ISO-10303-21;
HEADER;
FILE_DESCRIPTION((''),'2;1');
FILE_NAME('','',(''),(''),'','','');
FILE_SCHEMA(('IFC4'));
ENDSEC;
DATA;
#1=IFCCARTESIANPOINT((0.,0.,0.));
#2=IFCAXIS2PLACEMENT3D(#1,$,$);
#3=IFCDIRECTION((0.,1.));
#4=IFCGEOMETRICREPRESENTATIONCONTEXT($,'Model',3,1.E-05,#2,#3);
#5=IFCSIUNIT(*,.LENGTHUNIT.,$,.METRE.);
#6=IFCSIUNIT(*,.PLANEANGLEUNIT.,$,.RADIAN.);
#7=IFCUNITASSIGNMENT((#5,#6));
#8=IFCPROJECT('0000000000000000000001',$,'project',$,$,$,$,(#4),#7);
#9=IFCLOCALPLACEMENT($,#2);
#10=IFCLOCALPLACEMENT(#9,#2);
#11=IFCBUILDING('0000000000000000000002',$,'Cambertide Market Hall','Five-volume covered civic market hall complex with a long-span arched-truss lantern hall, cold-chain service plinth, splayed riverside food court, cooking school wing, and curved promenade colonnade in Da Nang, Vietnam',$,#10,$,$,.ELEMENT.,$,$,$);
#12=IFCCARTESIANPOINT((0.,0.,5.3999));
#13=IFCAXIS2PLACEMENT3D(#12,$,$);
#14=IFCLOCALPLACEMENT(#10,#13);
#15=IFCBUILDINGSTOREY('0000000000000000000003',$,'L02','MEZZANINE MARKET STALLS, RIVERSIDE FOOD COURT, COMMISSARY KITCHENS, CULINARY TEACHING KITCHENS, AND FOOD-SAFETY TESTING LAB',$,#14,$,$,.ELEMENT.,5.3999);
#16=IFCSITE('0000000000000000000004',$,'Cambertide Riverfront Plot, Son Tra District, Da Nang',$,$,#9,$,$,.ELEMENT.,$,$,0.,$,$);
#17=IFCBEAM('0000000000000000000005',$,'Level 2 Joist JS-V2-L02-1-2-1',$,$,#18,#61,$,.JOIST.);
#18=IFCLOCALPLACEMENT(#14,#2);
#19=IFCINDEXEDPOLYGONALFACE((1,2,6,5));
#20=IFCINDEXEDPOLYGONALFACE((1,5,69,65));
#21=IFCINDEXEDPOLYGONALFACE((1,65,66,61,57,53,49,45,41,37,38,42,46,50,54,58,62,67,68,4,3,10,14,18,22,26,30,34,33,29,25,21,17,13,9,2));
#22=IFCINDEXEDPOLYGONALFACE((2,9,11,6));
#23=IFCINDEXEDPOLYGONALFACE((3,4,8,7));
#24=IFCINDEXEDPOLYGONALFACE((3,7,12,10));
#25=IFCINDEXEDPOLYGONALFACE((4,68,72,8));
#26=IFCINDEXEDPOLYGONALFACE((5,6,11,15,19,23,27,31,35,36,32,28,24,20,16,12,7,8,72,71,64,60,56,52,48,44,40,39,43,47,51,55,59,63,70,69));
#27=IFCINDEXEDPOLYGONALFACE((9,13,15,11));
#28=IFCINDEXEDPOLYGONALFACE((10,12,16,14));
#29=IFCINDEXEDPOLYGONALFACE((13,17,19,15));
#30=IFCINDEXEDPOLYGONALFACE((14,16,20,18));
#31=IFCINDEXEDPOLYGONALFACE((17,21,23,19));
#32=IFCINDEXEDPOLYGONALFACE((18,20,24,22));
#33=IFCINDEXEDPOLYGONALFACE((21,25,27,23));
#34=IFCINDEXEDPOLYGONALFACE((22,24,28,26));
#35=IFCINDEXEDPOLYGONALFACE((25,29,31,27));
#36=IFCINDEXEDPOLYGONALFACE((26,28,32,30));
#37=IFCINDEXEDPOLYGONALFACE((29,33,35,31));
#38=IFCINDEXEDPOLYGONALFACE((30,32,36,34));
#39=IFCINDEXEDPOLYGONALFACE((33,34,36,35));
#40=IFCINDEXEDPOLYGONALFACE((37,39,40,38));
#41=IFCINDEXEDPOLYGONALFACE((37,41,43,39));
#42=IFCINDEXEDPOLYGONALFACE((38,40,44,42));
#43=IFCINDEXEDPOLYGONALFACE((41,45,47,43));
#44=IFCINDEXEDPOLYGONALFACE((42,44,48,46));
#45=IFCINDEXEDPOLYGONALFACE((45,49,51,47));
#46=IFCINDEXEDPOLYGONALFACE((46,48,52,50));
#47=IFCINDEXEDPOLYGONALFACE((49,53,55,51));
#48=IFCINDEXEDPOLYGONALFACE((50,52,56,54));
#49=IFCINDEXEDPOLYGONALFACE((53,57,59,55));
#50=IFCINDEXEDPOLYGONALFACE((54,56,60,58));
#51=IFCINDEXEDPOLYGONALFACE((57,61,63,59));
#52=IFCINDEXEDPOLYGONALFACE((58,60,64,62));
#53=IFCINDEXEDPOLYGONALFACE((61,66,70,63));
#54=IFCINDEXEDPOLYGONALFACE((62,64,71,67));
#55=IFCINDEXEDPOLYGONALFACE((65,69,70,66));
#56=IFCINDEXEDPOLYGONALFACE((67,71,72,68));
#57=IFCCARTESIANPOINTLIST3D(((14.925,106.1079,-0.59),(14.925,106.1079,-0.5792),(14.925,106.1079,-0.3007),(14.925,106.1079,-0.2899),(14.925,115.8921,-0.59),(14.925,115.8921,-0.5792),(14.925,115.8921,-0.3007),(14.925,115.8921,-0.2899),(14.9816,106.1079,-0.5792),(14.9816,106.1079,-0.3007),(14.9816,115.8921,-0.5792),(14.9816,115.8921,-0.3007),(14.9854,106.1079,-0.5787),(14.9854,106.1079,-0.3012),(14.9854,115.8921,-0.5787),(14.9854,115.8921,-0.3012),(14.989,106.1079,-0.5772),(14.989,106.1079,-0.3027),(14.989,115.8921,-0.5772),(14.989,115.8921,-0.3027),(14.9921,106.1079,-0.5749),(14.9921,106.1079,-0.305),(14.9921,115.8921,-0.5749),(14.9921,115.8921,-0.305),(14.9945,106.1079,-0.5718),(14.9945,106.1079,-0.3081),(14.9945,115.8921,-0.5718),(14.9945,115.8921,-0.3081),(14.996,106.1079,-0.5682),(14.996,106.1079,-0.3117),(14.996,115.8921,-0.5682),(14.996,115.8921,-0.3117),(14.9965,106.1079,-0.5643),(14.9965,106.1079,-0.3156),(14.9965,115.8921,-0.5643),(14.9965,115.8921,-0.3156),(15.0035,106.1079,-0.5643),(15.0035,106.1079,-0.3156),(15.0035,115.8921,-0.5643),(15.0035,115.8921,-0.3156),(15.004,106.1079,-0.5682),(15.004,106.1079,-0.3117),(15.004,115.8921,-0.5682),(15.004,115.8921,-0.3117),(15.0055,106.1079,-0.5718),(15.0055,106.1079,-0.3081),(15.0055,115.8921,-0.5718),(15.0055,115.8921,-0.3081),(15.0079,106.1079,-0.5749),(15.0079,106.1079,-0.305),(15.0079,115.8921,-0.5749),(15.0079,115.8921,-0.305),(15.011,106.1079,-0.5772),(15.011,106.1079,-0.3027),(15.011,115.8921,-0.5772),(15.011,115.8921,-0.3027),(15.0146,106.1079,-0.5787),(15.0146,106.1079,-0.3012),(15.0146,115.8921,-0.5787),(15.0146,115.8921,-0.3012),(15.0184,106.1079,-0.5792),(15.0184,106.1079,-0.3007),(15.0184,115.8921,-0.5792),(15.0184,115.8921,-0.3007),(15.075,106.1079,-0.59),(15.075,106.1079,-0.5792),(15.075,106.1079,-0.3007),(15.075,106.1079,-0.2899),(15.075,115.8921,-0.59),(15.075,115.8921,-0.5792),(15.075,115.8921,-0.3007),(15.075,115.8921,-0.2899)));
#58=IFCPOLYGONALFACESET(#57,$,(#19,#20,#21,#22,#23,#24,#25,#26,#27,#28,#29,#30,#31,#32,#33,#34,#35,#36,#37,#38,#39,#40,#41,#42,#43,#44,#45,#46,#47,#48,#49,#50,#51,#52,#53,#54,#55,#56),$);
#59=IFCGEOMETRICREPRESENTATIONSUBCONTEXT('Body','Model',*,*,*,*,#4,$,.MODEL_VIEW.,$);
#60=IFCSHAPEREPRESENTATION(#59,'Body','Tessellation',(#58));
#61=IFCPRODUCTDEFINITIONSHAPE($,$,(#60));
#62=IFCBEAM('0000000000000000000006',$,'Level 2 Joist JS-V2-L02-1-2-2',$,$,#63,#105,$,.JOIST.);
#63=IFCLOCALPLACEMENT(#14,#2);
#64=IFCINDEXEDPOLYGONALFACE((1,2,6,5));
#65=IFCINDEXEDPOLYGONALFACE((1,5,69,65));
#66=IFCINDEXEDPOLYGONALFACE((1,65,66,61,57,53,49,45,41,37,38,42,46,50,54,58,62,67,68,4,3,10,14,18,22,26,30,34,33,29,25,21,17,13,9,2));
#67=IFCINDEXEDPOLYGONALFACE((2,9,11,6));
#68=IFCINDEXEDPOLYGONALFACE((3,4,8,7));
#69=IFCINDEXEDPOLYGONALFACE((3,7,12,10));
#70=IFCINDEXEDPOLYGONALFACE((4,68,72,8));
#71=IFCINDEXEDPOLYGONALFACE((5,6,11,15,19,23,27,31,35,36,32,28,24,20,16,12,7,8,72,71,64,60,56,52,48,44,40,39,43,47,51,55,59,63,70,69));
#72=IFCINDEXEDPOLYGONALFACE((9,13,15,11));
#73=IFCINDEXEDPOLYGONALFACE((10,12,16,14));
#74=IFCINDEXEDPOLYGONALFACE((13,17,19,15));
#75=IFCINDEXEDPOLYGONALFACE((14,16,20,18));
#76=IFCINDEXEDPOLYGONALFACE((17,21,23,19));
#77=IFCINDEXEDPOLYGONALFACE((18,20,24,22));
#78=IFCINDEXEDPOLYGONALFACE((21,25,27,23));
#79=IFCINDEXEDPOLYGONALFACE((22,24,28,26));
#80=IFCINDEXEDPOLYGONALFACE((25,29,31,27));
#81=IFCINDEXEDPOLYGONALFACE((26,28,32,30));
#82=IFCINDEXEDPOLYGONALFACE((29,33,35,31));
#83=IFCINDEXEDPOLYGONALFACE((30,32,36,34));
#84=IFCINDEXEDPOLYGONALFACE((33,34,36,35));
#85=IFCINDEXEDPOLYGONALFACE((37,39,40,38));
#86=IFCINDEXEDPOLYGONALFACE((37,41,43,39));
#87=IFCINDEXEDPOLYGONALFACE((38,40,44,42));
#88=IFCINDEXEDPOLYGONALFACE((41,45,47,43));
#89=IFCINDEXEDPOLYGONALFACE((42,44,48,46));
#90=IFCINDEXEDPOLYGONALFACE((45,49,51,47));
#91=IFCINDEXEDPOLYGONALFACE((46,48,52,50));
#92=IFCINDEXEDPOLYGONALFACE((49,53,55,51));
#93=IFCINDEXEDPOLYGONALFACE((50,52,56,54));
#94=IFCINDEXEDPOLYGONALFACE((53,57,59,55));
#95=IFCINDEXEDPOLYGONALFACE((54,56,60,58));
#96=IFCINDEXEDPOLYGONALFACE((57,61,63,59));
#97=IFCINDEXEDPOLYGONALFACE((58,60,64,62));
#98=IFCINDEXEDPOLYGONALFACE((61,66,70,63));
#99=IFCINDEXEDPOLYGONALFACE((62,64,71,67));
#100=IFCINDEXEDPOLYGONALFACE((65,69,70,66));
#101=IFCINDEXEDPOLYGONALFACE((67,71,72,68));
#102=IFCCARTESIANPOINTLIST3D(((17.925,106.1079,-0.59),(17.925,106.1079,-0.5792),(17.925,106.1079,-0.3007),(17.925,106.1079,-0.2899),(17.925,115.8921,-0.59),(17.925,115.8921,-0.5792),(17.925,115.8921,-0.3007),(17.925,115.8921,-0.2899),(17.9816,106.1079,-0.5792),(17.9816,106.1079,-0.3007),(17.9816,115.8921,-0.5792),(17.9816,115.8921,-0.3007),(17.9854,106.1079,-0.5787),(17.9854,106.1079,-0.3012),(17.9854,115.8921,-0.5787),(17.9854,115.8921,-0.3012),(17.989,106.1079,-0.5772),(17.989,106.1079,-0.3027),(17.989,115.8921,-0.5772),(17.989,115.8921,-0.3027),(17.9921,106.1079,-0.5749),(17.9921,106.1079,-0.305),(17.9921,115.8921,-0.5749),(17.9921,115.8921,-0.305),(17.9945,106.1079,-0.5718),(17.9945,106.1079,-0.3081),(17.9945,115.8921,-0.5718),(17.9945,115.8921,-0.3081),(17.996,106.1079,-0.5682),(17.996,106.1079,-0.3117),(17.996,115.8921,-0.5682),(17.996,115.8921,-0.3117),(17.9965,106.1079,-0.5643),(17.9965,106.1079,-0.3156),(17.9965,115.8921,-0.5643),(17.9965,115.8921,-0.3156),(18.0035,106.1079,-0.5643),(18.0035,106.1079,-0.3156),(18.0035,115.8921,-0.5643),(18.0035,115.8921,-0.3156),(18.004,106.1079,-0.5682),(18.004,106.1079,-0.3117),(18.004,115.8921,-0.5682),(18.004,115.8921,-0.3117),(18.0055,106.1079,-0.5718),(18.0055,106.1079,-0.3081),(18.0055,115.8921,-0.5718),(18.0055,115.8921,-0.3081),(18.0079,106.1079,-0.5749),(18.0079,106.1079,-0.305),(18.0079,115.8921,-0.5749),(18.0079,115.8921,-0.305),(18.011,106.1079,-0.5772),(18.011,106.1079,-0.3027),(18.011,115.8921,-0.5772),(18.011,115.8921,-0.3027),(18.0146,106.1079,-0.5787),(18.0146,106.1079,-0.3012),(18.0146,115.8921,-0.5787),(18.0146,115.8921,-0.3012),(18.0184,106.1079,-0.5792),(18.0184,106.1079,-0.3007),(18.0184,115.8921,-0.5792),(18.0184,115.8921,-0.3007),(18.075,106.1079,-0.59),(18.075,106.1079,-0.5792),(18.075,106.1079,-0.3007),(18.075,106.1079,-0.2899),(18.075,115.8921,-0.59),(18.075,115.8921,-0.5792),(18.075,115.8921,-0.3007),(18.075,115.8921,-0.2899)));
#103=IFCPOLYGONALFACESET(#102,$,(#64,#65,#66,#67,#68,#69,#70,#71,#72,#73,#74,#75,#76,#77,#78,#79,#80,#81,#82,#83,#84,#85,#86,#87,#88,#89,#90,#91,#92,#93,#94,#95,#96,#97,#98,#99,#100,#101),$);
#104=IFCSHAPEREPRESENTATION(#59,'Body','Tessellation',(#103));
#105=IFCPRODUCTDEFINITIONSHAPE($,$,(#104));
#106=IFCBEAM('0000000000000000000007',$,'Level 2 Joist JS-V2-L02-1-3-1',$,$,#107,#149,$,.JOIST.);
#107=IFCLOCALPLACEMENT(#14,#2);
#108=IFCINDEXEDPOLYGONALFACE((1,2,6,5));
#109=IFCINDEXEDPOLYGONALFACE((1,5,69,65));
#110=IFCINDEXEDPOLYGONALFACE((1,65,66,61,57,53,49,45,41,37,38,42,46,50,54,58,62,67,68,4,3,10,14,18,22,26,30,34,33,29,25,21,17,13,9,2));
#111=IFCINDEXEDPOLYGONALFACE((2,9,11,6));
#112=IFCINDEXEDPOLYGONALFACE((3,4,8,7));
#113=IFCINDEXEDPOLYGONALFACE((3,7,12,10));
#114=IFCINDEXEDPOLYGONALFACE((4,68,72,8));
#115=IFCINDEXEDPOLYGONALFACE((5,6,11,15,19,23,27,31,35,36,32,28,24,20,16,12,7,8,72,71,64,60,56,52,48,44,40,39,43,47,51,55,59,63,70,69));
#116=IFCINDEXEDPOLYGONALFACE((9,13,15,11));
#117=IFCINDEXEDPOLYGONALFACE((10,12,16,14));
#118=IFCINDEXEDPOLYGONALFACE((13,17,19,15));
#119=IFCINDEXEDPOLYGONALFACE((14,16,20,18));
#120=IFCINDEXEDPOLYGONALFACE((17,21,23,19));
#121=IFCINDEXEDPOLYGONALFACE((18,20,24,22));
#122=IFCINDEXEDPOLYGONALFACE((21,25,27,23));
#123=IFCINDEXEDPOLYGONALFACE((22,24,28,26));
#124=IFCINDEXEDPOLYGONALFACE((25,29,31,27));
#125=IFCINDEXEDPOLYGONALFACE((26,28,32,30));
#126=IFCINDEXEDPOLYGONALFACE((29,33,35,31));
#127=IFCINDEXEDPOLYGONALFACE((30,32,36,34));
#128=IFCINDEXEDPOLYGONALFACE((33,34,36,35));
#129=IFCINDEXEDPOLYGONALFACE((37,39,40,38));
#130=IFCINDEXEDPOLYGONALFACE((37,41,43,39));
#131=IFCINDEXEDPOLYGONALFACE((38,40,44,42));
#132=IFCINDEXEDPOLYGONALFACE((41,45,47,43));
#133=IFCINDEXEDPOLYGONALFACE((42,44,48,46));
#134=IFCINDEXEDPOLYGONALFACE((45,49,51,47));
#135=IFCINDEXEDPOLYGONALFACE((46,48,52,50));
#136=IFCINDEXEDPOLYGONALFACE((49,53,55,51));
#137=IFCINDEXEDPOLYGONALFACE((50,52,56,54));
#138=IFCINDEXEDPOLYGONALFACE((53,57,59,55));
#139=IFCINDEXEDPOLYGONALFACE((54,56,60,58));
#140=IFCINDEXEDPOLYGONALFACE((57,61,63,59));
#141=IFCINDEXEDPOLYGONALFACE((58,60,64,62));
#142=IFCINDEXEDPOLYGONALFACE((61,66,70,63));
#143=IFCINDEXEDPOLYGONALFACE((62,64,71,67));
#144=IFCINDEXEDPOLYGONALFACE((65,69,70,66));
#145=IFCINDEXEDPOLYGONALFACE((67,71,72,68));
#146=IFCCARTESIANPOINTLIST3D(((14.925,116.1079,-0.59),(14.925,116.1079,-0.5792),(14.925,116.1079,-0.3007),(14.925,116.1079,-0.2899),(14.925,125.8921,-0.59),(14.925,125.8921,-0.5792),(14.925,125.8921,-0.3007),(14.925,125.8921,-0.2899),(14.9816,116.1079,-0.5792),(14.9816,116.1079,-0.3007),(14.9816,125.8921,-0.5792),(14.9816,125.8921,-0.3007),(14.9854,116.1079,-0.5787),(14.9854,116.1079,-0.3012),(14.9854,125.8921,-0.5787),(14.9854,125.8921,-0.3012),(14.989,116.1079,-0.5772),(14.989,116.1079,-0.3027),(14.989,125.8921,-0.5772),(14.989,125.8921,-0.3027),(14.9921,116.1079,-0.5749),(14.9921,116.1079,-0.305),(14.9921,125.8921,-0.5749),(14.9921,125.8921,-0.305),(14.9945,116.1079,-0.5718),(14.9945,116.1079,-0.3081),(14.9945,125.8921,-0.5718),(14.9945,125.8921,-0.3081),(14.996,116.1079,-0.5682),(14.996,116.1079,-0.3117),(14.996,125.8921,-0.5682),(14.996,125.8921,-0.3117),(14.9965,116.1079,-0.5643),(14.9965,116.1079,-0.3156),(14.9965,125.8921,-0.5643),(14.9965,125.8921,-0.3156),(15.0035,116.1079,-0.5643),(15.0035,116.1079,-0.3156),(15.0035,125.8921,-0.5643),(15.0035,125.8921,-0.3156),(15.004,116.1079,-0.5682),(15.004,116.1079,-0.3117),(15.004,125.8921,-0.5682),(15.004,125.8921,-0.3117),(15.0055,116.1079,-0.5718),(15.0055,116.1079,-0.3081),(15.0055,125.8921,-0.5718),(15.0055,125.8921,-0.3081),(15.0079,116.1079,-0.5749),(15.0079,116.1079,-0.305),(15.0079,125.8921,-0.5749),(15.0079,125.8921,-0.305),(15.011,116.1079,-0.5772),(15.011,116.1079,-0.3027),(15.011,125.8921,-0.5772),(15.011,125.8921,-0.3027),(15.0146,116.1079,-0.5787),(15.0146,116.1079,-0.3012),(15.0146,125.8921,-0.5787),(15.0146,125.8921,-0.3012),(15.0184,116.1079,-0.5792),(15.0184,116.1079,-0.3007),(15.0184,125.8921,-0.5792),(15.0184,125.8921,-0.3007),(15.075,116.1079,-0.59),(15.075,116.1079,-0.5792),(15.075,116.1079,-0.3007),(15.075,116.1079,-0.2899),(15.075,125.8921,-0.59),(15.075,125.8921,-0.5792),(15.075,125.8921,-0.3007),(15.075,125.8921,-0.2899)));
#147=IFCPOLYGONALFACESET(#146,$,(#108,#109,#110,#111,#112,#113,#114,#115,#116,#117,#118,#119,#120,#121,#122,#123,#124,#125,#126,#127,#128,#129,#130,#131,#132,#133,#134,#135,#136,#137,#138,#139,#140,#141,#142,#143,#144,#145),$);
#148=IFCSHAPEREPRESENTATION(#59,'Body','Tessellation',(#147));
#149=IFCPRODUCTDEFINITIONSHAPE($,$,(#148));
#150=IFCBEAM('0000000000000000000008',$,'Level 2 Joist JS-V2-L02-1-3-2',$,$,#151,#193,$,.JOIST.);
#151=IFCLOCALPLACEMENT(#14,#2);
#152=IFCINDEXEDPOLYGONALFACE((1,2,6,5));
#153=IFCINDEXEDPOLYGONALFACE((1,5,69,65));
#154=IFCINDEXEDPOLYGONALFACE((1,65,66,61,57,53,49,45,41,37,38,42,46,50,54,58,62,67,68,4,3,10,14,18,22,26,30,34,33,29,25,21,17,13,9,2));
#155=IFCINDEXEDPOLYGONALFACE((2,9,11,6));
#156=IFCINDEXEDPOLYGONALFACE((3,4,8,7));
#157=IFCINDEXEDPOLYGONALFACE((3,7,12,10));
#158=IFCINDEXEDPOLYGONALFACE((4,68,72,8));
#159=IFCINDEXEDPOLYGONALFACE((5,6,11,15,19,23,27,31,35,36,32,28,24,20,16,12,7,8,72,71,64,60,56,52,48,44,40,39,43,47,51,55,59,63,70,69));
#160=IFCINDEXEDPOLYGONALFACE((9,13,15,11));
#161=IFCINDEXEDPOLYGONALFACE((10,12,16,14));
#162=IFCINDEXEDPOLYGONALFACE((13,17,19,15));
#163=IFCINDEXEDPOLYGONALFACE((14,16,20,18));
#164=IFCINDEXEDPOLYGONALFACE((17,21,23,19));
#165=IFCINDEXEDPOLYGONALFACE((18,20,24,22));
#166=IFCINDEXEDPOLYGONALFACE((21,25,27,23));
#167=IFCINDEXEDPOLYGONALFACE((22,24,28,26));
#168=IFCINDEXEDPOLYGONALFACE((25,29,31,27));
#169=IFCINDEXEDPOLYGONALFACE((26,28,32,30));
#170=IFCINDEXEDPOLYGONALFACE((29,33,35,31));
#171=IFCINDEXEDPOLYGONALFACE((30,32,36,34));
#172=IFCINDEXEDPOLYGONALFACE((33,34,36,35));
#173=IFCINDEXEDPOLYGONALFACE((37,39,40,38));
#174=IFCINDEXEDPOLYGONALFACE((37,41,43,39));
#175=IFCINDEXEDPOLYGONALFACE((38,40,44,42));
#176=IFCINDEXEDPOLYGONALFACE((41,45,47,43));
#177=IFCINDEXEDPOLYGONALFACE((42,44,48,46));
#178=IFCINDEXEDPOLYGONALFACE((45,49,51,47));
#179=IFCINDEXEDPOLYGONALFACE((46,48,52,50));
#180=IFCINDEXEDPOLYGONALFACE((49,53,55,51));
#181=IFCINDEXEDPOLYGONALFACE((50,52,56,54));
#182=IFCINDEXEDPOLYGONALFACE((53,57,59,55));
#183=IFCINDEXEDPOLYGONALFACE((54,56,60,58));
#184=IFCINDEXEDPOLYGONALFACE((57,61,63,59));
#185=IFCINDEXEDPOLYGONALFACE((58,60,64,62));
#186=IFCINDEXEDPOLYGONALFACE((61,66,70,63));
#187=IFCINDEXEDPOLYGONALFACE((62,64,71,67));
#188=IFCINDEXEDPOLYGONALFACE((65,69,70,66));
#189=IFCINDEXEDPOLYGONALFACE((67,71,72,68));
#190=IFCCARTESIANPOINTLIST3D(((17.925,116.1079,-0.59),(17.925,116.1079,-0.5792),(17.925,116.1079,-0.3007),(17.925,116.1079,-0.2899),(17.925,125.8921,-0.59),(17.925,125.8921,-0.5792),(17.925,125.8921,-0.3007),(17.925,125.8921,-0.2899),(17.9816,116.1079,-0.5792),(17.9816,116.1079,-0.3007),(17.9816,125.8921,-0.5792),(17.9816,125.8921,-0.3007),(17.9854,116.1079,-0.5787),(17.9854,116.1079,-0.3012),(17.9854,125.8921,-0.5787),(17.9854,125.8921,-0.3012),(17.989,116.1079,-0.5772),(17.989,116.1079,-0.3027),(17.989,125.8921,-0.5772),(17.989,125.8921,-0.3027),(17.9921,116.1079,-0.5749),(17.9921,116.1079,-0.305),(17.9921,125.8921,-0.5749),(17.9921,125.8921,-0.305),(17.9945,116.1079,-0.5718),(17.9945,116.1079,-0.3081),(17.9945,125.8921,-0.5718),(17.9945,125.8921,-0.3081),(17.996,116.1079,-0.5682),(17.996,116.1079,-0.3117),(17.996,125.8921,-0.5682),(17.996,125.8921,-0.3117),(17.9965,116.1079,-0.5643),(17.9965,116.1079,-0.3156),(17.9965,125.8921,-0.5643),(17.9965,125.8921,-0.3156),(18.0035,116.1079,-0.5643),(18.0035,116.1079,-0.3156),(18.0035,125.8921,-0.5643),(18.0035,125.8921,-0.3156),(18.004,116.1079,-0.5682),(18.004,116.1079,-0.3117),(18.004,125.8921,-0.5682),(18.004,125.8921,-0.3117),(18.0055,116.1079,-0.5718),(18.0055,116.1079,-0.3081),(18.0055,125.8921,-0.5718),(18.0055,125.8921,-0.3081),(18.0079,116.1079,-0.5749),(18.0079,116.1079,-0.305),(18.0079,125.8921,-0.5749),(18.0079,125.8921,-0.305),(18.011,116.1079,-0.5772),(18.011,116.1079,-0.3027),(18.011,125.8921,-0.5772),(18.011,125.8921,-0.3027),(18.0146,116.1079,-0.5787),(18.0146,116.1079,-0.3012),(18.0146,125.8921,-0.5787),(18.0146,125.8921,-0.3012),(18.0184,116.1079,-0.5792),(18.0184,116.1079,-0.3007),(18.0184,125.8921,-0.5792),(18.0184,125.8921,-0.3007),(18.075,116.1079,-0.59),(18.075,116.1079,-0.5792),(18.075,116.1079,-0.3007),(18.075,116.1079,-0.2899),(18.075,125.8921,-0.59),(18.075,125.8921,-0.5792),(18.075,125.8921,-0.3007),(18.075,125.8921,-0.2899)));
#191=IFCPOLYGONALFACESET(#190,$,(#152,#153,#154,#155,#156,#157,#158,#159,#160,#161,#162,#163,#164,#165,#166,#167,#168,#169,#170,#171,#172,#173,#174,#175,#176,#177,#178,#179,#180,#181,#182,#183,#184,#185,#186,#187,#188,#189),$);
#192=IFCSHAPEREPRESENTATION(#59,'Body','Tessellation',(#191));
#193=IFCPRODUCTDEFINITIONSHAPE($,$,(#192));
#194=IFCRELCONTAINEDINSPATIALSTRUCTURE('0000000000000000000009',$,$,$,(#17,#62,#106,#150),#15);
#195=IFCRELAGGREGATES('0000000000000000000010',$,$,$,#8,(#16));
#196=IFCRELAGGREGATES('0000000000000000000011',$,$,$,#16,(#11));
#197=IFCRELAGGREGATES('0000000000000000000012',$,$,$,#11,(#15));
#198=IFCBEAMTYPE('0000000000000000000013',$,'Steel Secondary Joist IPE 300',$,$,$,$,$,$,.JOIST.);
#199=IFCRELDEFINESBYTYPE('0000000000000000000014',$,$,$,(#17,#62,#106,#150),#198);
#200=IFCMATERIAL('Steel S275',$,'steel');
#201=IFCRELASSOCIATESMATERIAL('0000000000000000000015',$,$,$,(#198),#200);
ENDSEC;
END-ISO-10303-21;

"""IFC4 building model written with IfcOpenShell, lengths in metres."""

from ifc_helpers import new_model, si_unit, direction, frame, origin, origin_2d, place, context, subcontext, project, spatial, i_section, extrude, material, material_profile, profile_set, type_object, element, save


model = new_model("IFC4")

# Units and contexts
model_context = context("Model", 3, precision=1e-05, world=origin(), true_north=direction((0.0, 1.0)))
body_context = subcontext(model_context, "Body", "Model", "MODEL_VIEW")
ifc_project = project(units=[si_unit("LENGTHUNIT", "METRE"), si_unit("PLANEANGLEUNIT", "RADIAN")], contexts=[model_context])

# Site, building, storey
site_placement = place(None, origin())
site = spatial("IfcSite", under=ifc_project, at=site_placement, Name="Cambertide Riverfront Plot, Son Tra District, Da Nang", CompositionType="ELEMENT", RefElevation=0.0)
building_placement = place(site_placement, origin())
building = spatial("IfcBuilding", under=site, at=building_placement, Name="Cambertide Market Hall", Description="Five-volume covered civic market hall complex with a long-span arched-truss lantern hall, cold-chain service plinth, splayed riverside food court, cooking school wing, and curved promenade colonnade in Da Nang, Vietnam", CompositionType="ELEMENT")
storey_placement = place(building_placement, frame((0.0, 0.0, 5.3999)))
storey = spatial("IfcBuildingStorey", under=building, at=storey_placement, Name="L02", Description="MEZZANINE MARKET STALLS, RIVERSIDE FOOD COURT, COMMISSARY KITCHENS, CULINARY TEACHING KITCHENS, AND FOOD-SAFETY TESTING LAB", CompositionType="ELEMENT", Elevation=5.3999)

# Beams
ifc_material_1 = material(Name="Steel S275", Category="steel")
ifc_material_profile_1 = material_profile(ifc_material_1, i_section(OverallWidth=0.1499, OverallDepth=0.3, WebThickness=0.0071, FlangeThickness=0.0107, FilletRadius=0.0149, at=origin_2d()), Name="IPE 300")
ifc_profile_set_1 = profile_set([ifc_material_profile_1], Name="Steel S275")
beam_type_1 = type_object("IfcBeamType", Name="Steel Secondary Joist IPE 300", PredefinedType="JOIST", material=ifc_profile_set_1)
for number, where, z_axis, x_axis, name in (
    (1, (15.0, 106.1079, -0.4399), (0.0, 1.0, 0.0), (-1.0, 0.0, 0.0), "Level 2 Joist JS-V2-L02-1-2-1"),
    (2, (18.0, 106.1079, -0.4399), (0.0, 1.0, 0.0), (-1.0, 0.0, 0.0), "Level 2 Joist JS-V2-L02-1-2-2"),
    (3, (15.0, 116.1079, -0.4399), (0.0, 1.0, 0.0), (-1.0, 0.0, 0.0), "Level 2 Joist JS-V2-L02-1-3-1"),
    (4, (18.0, 116.1079, -0.4399), (0.0, 1.0, 0.0), (-1.0, 0.0, 0.0), "Level 2 Joist JS-V2-L02-1-3-2"),
):
    element("IfcBeam", number, at=place(storey_placement, frame(where, z_axis=z_axis, x_axis=x_axis)), inside=storey, type_object=beam_type_1, Name=name, PredefinedType="JOIST", context=body_context, shape_type="SweptSolid", body=[
        extrude(i_section(OverallWidth=0.1499, OverallDepth=0.3, WebThickness=0.0071, FlangeThickness=0.0107, FilletRadius=0.0149, at=origin_2d()), origin(), (0.0, 0.0, 1.0), 9.7842),
    ])

save(model, "model.ifc")
